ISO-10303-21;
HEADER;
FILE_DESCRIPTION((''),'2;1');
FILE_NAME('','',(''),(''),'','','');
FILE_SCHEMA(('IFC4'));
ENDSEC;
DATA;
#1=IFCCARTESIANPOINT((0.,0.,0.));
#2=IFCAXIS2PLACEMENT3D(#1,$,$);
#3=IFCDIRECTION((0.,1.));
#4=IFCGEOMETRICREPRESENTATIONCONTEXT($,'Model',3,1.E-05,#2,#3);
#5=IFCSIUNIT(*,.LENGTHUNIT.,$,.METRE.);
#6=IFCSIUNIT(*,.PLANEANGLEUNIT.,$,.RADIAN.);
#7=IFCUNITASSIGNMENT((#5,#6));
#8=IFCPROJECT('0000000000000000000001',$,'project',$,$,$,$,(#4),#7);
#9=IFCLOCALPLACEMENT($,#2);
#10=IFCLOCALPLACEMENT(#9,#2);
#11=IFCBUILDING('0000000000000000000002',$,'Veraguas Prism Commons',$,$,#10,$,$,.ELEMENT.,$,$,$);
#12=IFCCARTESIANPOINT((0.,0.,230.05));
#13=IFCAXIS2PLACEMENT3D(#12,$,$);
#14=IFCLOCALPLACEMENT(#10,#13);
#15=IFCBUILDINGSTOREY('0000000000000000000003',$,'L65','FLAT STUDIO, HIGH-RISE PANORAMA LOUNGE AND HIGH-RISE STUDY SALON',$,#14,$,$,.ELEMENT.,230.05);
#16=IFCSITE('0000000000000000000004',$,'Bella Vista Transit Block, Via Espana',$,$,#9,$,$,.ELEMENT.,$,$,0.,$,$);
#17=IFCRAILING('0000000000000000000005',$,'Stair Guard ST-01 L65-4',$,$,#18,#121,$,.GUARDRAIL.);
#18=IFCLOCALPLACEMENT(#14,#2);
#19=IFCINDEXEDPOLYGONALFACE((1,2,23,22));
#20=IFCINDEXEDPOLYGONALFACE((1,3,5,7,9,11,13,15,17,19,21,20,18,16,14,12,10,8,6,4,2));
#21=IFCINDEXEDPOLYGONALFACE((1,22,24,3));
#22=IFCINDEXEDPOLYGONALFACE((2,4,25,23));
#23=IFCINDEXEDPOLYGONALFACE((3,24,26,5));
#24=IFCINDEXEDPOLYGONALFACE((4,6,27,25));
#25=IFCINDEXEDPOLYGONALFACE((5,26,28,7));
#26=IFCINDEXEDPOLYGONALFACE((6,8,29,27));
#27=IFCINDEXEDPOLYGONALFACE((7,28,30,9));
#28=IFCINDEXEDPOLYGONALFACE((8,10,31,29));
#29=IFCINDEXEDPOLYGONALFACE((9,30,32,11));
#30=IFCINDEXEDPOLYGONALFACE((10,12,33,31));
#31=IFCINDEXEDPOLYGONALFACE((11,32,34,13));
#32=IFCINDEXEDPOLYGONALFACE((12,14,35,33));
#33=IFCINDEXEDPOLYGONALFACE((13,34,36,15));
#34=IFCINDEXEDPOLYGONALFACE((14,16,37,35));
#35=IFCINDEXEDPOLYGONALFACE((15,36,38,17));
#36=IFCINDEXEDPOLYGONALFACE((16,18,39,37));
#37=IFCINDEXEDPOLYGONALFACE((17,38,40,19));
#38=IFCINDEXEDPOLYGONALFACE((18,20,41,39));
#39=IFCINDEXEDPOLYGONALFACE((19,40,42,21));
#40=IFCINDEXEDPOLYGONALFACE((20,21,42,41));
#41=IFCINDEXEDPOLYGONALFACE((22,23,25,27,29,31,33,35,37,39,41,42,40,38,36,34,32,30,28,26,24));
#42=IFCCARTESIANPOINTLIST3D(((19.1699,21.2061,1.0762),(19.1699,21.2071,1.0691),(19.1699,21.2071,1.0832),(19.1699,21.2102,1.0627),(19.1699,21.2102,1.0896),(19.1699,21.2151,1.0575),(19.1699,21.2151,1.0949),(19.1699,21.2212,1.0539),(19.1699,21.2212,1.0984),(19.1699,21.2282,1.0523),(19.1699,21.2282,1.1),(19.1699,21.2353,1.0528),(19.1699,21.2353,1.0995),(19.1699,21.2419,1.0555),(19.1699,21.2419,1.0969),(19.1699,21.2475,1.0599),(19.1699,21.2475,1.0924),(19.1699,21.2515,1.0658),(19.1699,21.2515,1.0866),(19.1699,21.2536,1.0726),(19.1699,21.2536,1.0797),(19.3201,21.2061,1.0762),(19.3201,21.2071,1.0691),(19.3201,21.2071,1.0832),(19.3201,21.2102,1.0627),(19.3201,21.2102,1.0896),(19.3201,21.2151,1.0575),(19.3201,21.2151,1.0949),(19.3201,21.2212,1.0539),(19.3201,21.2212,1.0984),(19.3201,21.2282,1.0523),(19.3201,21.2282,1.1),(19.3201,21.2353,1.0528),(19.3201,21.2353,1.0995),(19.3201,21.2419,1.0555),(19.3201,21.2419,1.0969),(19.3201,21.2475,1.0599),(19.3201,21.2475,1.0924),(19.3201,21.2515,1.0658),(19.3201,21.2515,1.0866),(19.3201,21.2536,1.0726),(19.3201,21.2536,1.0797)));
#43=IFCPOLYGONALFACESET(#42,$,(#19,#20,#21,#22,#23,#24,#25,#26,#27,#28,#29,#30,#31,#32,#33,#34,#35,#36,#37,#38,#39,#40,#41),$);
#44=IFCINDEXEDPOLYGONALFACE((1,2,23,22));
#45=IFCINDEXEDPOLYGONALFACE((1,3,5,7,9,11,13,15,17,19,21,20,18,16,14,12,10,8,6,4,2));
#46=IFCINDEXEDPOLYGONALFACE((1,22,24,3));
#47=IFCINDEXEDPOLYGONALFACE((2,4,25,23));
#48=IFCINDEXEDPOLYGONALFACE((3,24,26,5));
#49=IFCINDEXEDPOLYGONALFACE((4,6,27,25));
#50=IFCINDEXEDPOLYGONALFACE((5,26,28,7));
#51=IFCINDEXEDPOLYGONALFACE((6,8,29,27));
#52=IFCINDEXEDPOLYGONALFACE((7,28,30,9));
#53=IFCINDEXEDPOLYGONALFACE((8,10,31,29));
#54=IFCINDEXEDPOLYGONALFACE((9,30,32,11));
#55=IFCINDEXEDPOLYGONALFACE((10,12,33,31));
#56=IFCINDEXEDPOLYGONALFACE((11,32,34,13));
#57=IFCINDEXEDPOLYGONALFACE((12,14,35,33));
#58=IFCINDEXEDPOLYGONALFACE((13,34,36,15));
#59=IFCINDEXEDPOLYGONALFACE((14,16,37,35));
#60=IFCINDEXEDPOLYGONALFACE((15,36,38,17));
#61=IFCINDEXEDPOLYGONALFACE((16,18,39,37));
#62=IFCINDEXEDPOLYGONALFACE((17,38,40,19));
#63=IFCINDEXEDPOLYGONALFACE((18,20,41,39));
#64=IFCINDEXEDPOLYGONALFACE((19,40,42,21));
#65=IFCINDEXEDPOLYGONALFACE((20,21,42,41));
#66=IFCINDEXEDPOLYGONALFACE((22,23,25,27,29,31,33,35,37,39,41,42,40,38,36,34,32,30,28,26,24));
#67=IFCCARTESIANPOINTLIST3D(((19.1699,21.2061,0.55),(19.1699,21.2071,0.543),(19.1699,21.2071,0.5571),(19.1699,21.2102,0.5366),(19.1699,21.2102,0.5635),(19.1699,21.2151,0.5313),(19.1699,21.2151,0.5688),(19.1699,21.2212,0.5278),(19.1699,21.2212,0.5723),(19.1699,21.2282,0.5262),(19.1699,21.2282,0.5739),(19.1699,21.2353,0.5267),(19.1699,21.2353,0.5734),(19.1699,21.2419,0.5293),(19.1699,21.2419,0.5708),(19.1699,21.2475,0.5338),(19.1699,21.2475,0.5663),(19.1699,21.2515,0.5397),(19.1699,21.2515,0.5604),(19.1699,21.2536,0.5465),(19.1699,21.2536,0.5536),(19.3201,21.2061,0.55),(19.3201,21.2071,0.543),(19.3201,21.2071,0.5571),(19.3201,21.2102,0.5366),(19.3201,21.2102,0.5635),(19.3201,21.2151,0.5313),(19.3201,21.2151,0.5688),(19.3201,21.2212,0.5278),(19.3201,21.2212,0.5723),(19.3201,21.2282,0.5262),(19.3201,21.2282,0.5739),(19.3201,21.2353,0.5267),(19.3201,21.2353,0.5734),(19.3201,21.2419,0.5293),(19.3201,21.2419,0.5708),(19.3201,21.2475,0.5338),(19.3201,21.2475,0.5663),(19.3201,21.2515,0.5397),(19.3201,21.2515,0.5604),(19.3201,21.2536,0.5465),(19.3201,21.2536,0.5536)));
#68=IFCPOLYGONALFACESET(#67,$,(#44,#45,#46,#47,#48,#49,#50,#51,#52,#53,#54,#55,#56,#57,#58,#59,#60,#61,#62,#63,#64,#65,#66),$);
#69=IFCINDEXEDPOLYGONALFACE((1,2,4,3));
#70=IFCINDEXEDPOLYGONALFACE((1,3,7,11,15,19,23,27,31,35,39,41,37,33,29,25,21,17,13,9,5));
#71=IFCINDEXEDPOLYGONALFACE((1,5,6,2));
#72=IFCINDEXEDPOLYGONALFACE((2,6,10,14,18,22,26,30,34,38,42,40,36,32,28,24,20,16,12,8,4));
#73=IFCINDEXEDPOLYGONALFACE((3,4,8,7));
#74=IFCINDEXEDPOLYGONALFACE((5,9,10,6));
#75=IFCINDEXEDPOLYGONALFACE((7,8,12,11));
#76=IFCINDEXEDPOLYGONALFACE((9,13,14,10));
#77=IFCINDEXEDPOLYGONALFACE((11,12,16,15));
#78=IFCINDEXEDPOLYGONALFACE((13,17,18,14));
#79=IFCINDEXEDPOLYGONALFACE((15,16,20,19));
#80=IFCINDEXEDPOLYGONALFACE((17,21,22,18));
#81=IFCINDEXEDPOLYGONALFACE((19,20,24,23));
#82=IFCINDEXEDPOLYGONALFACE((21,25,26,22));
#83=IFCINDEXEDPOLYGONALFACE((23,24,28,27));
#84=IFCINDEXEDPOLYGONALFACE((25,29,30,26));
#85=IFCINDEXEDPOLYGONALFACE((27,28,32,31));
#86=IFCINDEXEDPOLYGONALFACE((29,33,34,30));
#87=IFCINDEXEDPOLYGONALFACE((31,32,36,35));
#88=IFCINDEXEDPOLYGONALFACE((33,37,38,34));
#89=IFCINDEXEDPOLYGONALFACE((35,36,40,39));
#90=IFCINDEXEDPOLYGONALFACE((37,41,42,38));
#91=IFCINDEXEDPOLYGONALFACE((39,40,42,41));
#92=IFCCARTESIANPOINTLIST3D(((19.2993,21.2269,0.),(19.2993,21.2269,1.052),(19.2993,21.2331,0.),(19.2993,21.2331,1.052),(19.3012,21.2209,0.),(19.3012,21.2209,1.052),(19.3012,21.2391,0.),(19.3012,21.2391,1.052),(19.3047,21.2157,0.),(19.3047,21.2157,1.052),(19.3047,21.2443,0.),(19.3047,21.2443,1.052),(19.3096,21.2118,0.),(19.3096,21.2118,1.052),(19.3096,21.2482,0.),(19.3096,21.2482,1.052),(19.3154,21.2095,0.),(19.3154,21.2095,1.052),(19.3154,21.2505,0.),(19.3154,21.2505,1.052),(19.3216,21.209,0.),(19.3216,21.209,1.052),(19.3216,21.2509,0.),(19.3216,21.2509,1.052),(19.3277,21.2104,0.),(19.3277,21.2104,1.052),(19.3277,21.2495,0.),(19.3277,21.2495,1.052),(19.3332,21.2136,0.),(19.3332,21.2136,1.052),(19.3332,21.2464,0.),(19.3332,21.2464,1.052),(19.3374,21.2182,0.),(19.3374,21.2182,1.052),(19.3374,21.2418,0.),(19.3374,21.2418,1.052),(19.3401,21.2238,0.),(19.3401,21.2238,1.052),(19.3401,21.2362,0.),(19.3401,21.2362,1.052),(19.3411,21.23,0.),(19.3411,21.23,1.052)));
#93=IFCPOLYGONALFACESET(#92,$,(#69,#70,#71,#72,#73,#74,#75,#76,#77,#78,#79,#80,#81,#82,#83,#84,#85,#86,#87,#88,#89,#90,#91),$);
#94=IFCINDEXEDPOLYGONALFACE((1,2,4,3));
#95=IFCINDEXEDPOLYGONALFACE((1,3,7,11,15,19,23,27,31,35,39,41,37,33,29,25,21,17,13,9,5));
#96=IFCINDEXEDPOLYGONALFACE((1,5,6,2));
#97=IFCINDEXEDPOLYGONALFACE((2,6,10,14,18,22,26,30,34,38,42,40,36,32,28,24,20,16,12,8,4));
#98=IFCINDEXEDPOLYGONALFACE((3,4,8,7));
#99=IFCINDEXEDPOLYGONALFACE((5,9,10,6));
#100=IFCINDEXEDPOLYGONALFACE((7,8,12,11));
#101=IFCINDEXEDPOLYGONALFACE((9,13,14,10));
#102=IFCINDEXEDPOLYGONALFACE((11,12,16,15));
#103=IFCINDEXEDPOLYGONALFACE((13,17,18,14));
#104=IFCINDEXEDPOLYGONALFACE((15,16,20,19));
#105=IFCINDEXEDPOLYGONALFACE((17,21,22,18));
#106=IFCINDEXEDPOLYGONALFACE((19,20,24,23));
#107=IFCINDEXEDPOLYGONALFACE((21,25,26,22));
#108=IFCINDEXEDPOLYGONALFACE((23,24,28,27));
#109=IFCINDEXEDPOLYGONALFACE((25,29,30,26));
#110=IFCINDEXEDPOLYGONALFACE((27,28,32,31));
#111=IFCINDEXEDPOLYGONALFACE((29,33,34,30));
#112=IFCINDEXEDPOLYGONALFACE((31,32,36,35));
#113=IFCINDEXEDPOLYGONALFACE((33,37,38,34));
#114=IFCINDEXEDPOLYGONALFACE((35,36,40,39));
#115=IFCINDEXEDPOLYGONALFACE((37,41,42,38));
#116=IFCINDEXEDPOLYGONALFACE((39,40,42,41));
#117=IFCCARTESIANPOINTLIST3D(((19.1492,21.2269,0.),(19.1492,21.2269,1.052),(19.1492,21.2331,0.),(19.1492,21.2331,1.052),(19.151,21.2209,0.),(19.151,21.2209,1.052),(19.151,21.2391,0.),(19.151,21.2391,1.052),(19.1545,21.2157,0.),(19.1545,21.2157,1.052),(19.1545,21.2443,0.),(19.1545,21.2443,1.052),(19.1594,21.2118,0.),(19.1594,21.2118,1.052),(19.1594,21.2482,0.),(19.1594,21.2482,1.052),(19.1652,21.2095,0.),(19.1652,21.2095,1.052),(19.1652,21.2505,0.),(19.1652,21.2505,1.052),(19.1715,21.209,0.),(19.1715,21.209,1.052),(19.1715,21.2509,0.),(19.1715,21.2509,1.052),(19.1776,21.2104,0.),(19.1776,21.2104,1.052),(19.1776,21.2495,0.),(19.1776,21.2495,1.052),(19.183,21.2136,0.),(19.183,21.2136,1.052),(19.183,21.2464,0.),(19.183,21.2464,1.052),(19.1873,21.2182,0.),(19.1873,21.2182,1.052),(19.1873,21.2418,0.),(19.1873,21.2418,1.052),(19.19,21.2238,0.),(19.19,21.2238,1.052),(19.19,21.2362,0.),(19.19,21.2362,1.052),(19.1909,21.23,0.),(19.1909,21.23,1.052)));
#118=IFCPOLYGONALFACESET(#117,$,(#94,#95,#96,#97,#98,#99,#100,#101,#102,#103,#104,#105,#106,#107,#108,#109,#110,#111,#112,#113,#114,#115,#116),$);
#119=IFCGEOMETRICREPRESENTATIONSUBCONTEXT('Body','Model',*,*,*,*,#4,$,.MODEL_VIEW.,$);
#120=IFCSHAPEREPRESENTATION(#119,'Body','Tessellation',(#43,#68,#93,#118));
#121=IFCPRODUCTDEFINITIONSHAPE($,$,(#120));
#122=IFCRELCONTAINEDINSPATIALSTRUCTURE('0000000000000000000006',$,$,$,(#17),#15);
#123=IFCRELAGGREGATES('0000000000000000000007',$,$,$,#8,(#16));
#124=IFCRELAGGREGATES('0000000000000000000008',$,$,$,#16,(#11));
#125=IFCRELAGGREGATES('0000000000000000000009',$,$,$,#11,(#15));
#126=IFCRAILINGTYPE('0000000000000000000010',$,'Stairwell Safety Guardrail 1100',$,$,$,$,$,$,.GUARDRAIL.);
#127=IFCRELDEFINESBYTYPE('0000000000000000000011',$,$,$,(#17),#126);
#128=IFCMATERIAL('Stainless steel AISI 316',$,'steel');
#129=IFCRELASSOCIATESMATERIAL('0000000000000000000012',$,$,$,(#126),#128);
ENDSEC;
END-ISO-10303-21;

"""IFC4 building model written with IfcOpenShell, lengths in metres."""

from ifc_helpers import new_model, si_unit, direction, frame, origin, origin_2d, place, context, subcontext, project, spatial, circle, extrude, material, type_object, element, save


model = new_model("IFC4")

# Units and contexts
model_context = context("Model", 3, precision=1e-05, world=origin(), true_north=direction((0.0, 1.0)))
body_context = subcontext(model_context, "Body", "Model", "MODEL_VIEW")
ifc_project = project(units=[si_unit("LENGTHUNIT", "METRE"), si_unit("PLANEANGLEUNIT", "RADIAN")], contexts=[model_context])

# Site, building, storey
site_placement = place(None, origin())
site = spatial("IfcSite", under=ifc_project, at=site_placement, Name="Bella Vista Transit Block, Via Espana", CompositionType="ELEMENT", RefElevation=0.0)
building_placement = place(site_placement, origin())
building = spatial("IfcBuilding", under=site, at=building_placement, Name="Veraguas Prism Commons", CompositionType="ELEMENT")
storey_placement = place(building_placement, frame((0.0, 0.0, 230.05)))
storey = spatial("IfcBuildingStorey", under=building, at=storey_placement, Name="L65", Description="FLAT STUDIO, HIGH-RISE PANORAMA LOUNGE AND HIGH-RISE STUDY SALON", CompositionType="ELEMENT", Elevation=230.05)

# Railing
ifc_material_1 = material(Name="Stainless steel AISI 316", Category="steel")
railing_type_1 = type_object("IfcRailingType", Name="Stairwell Safety Guardrail 1100", PredefinedType="GUARDRAIL", material=ifc_material_1)
railing_1_placement = place(storey_placement, frame((19.3201, 21.23, 0.0)))
element("IfcRailing", 1, at=railing_1_placement, inside=storey, type_object=railing_type_1, Name="Stair Guard ST-01 L65-4", PredefinedType="GUARDRAIL", context=body_context, shape_type="SweptSolid", body=[
    extrude(circle(Radius=0.0239, at=origin_2d()), frame((0.0, 0.0, 1.0762), z_axis=(-1.0, 0.0, 0.0), x_axis=(0.0, -1.0, 0.0)), (0.0, 0.0, 1.0), 0.1501),
    extrude(circle(Radius=0.0239, at=origin_2d()), frame((0.0, 0.0, 0.55), z_axis=(-1.0, 0.0, 0.0), x_axis=(0.0, -1.0, 0.0)), (0.0, 0.0, 1.0), 0.1501),
    extrude(circle(Radius=0.021, at=origin_2d()), origin(), (0.0, 0.0, 1.0), 1.052),
    extrude(circle(Radius=0.021, at=origin_2d()), frame((-0.1501, 0.0, 0.0)), (0.0, 0.0, 1.0), 1.052),
])

save(model, "model.ifc")
